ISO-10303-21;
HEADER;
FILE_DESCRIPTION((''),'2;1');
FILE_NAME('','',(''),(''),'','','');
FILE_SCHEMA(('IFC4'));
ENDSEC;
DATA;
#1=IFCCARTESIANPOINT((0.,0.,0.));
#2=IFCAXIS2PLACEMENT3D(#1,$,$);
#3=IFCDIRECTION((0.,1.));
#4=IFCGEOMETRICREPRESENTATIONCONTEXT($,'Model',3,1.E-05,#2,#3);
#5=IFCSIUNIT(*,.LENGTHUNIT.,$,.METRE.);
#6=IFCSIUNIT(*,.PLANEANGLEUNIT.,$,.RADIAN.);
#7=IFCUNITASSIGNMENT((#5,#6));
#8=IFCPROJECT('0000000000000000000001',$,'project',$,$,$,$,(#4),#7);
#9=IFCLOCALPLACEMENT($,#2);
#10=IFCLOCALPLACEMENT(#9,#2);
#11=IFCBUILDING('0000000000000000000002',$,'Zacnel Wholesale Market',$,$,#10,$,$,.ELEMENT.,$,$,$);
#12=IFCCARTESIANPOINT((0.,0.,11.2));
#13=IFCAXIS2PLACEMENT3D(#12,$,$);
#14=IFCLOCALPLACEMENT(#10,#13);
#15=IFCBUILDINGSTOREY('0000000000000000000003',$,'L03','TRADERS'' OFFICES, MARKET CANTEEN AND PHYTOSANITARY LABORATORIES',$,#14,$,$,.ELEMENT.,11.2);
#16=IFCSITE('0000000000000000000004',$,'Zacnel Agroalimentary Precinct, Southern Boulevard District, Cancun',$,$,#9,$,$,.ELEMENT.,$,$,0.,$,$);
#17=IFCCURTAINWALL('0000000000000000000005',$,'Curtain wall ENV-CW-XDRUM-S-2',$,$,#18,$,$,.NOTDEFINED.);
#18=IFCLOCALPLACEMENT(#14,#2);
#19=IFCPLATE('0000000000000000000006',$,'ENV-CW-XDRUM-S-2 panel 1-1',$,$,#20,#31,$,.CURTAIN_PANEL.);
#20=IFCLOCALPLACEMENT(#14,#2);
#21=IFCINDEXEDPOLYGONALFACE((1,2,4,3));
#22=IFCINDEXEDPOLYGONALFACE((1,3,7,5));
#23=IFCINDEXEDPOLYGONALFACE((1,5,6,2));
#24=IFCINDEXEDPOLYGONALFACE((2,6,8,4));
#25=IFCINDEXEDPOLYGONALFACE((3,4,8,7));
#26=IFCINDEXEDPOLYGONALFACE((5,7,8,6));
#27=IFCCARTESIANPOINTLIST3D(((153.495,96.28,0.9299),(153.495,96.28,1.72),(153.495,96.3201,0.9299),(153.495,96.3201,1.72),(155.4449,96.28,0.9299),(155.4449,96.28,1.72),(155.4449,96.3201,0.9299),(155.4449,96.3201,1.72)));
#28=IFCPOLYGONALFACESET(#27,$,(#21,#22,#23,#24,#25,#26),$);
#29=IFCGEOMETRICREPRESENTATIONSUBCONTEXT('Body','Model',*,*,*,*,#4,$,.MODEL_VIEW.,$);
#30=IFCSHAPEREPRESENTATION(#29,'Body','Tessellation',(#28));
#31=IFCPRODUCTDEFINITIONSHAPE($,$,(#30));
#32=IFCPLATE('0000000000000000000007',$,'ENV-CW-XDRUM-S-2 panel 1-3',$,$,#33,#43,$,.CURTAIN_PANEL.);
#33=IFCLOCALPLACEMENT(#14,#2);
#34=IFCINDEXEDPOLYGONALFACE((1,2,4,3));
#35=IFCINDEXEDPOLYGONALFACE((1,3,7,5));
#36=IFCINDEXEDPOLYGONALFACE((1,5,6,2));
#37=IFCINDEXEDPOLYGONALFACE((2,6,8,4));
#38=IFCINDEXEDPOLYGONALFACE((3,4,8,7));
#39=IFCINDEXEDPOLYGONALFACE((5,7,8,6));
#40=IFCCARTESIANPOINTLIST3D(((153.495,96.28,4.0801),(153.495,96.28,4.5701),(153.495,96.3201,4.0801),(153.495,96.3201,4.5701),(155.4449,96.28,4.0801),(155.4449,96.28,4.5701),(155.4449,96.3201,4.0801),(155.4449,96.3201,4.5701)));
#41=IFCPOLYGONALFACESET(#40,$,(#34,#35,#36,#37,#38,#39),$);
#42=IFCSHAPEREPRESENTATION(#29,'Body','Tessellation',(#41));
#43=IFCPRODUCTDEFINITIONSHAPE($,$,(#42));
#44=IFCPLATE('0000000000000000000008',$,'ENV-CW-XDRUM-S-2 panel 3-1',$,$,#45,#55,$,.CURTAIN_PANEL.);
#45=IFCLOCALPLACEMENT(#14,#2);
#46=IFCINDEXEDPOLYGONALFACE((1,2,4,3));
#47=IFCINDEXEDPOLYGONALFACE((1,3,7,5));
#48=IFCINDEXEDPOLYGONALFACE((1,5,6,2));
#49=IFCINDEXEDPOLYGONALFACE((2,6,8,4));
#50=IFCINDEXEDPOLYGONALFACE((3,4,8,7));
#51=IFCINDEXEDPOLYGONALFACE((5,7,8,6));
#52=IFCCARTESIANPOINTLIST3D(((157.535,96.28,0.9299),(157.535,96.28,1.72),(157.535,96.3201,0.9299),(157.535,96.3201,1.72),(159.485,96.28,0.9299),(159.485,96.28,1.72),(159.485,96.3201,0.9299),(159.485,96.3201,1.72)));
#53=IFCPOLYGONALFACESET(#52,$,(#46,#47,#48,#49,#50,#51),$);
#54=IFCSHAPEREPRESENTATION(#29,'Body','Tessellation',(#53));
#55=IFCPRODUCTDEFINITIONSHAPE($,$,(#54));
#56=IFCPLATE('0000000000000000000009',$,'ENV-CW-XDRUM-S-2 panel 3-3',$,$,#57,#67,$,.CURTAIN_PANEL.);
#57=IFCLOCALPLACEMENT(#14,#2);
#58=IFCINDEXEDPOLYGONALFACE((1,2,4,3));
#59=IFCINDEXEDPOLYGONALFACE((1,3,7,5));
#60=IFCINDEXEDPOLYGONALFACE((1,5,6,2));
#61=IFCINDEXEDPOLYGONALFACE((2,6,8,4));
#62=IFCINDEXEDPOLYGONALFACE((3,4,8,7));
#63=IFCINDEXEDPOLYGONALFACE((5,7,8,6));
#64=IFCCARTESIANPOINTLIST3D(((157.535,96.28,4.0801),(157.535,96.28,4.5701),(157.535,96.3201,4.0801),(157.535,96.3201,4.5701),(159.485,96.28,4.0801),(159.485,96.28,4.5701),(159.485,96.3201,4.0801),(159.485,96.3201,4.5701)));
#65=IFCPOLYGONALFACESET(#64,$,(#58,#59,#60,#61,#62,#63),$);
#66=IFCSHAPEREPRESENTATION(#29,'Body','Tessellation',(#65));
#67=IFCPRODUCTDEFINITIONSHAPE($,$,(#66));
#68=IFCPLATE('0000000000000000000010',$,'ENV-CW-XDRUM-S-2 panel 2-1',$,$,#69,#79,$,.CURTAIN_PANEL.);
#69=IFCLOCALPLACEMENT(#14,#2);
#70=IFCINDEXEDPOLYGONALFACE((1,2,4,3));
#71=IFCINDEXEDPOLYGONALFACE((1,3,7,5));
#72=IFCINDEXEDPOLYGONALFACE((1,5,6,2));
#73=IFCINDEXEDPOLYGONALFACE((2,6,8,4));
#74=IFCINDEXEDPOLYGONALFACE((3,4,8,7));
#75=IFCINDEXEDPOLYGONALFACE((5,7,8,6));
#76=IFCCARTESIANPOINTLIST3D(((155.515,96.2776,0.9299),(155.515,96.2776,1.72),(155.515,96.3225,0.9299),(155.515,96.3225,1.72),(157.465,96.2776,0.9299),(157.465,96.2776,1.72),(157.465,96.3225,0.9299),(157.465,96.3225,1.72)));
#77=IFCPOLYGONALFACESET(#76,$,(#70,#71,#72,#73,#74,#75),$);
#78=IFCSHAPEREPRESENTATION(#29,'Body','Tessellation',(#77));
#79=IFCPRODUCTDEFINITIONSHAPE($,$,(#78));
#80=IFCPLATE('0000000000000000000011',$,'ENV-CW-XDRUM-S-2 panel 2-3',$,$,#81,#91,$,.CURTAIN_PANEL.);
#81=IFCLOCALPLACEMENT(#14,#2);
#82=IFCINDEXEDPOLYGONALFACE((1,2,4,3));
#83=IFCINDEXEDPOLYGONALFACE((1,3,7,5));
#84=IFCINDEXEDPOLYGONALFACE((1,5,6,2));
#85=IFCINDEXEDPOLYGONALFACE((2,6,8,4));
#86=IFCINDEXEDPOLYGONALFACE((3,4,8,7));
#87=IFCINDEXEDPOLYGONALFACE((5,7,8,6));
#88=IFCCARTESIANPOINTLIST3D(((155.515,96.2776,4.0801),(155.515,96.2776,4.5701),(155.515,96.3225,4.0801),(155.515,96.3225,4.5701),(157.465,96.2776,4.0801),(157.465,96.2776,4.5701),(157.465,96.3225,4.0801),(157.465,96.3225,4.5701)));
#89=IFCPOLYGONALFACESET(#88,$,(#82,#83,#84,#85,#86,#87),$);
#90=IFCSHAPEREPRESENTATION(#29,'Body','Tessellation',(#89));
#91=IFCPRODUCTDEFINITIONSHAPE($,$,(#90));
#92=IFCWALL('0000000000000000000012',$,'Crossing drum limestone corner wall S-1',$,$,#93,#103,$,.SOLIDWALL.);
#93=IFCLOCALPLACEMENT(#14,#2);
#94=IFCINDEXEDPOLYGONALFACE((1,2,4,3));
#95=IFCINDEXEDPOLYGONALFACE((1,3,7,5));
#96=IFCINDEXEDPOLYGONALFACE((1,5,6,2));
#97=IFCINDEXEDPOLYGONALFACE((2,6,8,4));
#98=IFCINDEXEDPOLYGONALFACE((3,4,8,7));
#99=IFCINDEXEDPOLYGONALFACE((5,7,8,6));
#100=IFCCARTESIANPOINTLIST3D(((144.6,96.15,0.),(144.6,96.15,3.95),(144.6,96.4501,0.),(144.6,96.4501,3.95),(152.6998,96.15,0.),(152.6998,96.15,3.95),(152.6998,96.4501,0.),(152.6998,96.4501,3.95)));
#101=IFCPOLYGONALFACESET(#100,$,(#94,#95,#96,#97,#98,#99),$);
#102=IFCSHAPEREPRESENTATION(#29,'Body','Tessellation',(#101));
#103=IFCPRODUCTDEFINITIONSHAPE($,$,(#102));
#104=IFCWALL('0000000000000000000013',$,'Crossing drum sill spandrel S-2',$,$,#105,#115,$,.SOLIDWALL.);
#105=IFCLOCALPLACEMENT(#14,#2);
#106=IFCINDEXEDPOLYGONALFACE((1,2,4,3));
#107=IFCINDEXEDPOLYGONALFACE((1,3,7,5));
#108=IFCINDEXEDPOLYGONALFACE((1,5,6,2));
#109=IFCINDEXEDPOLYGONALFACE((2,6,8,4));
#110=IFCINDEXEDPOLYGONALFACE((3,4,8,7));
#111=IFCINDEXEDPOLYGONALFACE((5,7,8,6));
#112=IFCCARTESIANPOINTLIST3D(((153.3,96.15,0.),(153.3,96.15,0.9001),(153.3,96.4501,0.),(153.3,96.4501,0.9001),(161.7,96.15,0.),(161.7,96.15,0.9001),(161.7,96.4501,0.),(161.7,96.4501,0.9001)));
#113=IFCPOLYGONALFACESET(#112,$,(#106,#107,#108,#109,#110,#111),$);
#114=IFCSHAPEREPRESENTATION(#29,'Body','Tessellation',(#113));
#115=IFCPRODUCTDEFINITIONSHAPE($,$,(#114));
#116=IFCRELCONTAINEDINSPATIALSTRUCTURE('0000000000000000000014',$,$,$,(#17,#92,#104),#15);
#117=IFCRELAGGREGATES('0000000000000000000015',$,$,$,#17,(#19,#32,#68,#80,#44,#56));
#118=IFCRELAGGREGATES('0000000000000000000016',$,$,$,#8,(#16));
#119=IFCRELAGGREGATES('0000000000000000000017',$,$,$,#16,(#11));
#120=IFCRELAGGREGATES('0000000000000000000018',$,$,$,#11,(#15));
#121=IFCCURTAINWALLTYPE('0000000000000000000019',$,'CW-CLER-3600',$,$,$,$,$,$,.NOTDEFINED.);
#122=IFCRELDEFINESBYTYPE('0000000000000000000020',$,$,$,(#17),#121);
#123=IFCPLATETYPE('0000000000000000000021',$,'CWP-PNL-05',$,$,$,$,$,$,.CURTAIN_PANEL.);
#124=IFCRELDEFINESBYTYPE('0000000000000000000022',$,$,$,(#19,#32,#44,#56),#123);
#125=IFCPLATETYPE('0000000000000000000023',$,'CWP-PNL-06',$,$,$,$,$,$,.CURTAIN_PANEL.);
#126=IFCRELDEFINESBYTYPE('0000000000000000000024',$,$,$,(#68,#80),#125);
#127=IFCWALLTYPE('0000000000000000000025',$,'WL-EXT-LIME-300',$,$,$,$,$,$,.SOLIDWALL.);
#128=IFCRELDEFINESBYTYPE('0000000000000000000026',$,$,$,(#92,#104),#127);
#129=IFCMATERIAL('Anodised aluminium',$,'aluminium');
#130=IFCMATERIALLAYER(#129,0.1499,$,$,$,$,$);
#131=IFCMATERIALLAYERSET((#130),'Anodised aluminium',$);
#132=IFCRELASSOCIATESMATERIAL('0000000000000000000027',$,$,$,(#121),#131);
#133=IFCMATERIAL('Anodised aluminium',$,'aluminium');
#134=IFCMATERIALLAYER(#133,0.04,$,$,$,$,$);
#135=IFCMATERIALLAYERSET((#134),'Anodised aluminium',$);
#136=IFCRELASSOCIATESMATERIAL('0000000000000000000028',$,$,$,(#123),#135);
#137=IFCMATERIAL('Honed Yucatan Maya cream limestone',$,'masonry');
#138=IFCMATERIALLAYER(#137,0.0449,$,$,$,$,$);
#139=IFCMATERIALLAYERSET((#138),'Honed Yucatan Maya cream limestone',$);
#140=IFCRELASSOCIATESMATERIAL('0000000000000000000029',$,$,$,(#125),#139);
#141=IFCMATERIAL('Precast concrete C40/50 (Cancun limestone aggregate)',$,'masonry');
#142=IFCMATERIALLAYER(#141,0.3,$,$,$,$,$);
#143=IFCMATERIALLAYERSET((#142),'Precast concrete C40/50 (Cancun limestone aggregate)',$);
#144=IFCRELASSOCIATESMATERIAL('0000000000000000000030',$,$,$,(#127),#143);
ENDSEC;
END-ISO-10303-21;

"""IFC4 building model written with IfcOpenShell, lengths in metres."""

from ifc_helpers import new_model, si_unit, direction, frame, frame_2d, origin, origin_2d, place, context, subcontext, project, spatial, rectangle, extrude, material, layer, layer_set, type_object, element, aggregate, save


model = new_model("IFC4")

# Units and contexts
model_context = context("Model", 3, precision=1e-05, world=origin(), true_north=direction((0.0, 1.0)))
body_context = subcontext(model_context, "Body", "Model", "MODEL_VIEW")
ifc_project = project(units=[si_unit("LENGTHUNIT", "METRE"), si_unit("PLANEANGLEUNIT", "RADIAN")], contexts=[model_context])

# Site, building, storey
site_placement = place(None, origin())
site = spatial("IfcSite", under=ifc_project, at=site_placement, Name="Zacnel Agroalimentary Precinct, Southern Boulevard District, Cancun", CompositionType="ELEMENT", RefElevation=0.0)
building_placement = place(site_placement, origin())
building = spatial("IfcBuilding", under=site, at=building_placement, Name="Zacnel Wholesale Market", CompositionType="ELEMENT")
storey_placement = place(building_placement, frame((0.0, 0.0, 11.2)))
storey = spatial("IfcBuildingStorey", under=building, at=storey_placement, Name="L03", Description="TRADERS' OFFICES, MARKET CANTEEN AND PHYTOSANITARY LABORATORIES", CompositionType="ELEMENT", Elevation=11.2)

# Curtain wall, plates
ifc_material_1 = material(Name="Anodised aluminium", Category="aluminium")
ifc_layer_1 = layer(ifc_material_1, 0.1499)
ifc_layer_set_1 = layer_set([ifc_layer_1], Name="Anodised aluminium")
curtain_wall_type = type_object("IfcCurtainWallType", Name="CW-CLER-3600", PredefinedType="NOTDEFINED", material=ifc_layer_set_1)
curtain_wall_placement = place(storey_placement, origin())
curtain_wall = element("IfcCurtainWall", 1, at=curtain_wall_placement, inside=storey, type_object=curtain_wall_type, Name="Curtain wall ENV-CW-XDRUM-S-2", PredefinedType="NOTDEFINED")
ifc_material_2 = material(Name="Anodised aluminium", Category="aluminium")
ifc_layer_2 = layer(ifc_material_2, 0.04)
ifc_layer_set_2 = layer_set([ifc_layer_2], Name="Anodised aluminium")
plate_type_1 = type_object("IfcPlateType", Name="CWP-PNL-05", PredefinedType="CURTAIN_PANEL", material=ifc_layer_set_2)
plate_1_placement = place(storey_placement, frame((154.47, 96.3, 0.9299), z_axis=(0.0, 0.0, 1.0), x_axis=(1.0, 0.0, 0.0)))
plate_1 = element("IfcPlate", 2, at=plate_1_placement, type_object=plate_type_1, Name="ENV-CW-XDRUM-S-2 panel 1-1", PredefinedType="CURTAIN_PANEL", context=body_context, shape_type="SweptSolid", body=[
    extrude(rectangle(XDim=1.95, YDim=0.04, at=origin_2d()), origin(), (0.0, 0.0, 1.0), 0.79),
])
plate_2_placement = place(storey_placement, frame((154.47, 96.3, 4.0801), z_axis=(0.0, 0.0, 1.0), x_axis=(1.0, 0.0, 0.0)))
plate_2 = element("IfcPlate", 3, at=plate_2_placement, type_object=plate_type_1, Name="ENV-CW-XDRUM-S-2 panel 1-3", PredefinedType="CURTAIN_PANEL", context=body_context, shape_type="SweptSolid", body=[
    extrude(rectangle(XDim=1.95, YDim=0.04, at=origin_2d()), origin(), (0.0, 0.0, 1.0), 0.49),
])
plate_3_placement = place(storey_placement, frame((158.51, 96.3, 0.9299), z_axis=(0.0, 0.0, 1.0), x_axis=(1.0, 0.0, 0.0)))
plate_3 = element("IfcPlate", 4, at=plate_3_placement, type_object=plate_type_1, Name="ENV-CW-XDRUM-S-2 panel 3-1", PredefinedType="CURTAIN_PANEL", context=body_context, shape_type="SweptSolid", body=[
    extrude(rectangle(XDim=1.95, YDim=0.04, at=origin_2d()), origin(), (0.0, 0.0, 1.0), 0.79),
])
plate_4_placement = place(storey_placement, frame((158.51, 96.3, 4.0801), z_axis=(0.0, 0.0, 1.0), x_axis=(1.0, 0.0, 0.0)))
plate_4 = element("IfcPlate", 5, at=plate_4_placement, type_object=plate_type_1, Name="ENV-CW-XDRUM-S-2 panel 3-3", PredefinedType="CURTAIN_PANEL", context=body_context, shape_type="SweptSolid", body=[
    extrude(rectangle(XDim=1.95, YDim=0.04, at=origin_2d()), origin(), (0.0, 0.0, 1.0), 0.49),
])
ifc_material_3 = material(Name="Honed Yucatan Maya cream limestone", Category="masonry")
ifc_layer_3 = layer(ifc_material_3, 0.0449)
ifc_layer_set_3 = layer_set([ifc_layer_3], Name="Honed Yucatan Maya cream limestone")
plate_type_2 = type_object("IfcPlateType", Name="CWP-PNL-06", PredefinedType="CURTAIN_PANEL", material=ifc_layer_set_3)
plate_5_placement = place(storey_placement, frame((156.49, 96.3, 0.9299), z_axis=(0.0, 0.0, 1.0), x_axis=(1.0, 0.0, 0.0)))
plate_5 = element("IfcPlate", 6, at=plate_5_placement, type_object=plate_type_2, Name="ENV-CW-XDRUM-S-2 panel 2-1", PredefinedType="CURTAIN_PANEL", context=body_context, shape_type="SweptSolid", body=[
    extrude(rectangle(XDim=1.95, YDim=0.0449, at=origin_2d()), origin(), (0.0, 0.0, 1.0), 0.79),
])
plate_6_placement = place(storey_placement, frame((156.49, 96.3, 4.0801), z_axis=(0.0, 0.0, 1.0), x_axis=(1.0, 0.0, 0.0)))
plate_6 = element("IfcPlate", 7, at=plate_6_placement, type_object=plate_type_2, Name="ENV-CW-XDRUM-S-2 panel 2-3", PredefinedType="CURTAIN_PANEL", context=body_context, shape_type="SweptSolid", body=[
    extrude(rectangle(XDim=1.95, YDim=0.0449, at=origin_2d()), origin(), (0.0, 0.0, 1.0), 0.49),
])
aggregate(curtain_wall, [plate_1, plate_2, plate_5, plate_6, plate_3, plate_4])

# Walls
ifc_material_4 = material(Name="Precast concrete C40/50 (Cancun limestone aggregate)", Category="masonry")
ifc_layer_4 = layer(ifc_material_4, 0.3)
ifc_layer_set_4 = layer_set([ifc_layer_4], Name="Precast concrete C40/50 (Cancun limestone aggregate)")
wall_type = type_object("IfcWallType", Name="WL-EXT-LIME-300", PredefinedType="SOLIDWALL", material=ifc_layer_set_4)
wall_1_placement = place(storey_placement, frame((144.6001, 96.3, 0.0), z_axis=(0.0, 0.0, 1.0), x_axis=(1.0, 0.0, 0.0)))
element("IfcWall", 8, at=wall_1_placement, inside=storey, type_object=wall_type, Name="Crossing drum limestone corner wall S-1", PredefinedType="SOLIDWALL", context=body_context, shape_type="SweptSolid", body=[
    extrude(rectangle(XDim=8.0999, YDim=0.3, at=frame_2d((4.0498, 0.0))), origin(), (0.0, 0.0, 1.0), 3.95),
])
wall_2_placement = place(storey_placement, frame((153.3, 96.3, 0.0), z_axis=(0.0, 0.0, 1.0), x_axis=(1.0, 0.0, 0.0)))
element("IfcWall", 9, at=wall_2_placement, inside=storey, type_object=wall_type, Name="Crossing drum sill spandrel S-2", PredefinedType="SOLIDWALL", context=body_context, shape_type="SweptSolid", body=[
    extrude(rectangle(XDim=8.3999, YDim=0.3, at=frame_2d((4.2, 0.0))), origin(), (0.0, 0.0, 1.0), 0.9001),
])

save(model, "model.ifc")
